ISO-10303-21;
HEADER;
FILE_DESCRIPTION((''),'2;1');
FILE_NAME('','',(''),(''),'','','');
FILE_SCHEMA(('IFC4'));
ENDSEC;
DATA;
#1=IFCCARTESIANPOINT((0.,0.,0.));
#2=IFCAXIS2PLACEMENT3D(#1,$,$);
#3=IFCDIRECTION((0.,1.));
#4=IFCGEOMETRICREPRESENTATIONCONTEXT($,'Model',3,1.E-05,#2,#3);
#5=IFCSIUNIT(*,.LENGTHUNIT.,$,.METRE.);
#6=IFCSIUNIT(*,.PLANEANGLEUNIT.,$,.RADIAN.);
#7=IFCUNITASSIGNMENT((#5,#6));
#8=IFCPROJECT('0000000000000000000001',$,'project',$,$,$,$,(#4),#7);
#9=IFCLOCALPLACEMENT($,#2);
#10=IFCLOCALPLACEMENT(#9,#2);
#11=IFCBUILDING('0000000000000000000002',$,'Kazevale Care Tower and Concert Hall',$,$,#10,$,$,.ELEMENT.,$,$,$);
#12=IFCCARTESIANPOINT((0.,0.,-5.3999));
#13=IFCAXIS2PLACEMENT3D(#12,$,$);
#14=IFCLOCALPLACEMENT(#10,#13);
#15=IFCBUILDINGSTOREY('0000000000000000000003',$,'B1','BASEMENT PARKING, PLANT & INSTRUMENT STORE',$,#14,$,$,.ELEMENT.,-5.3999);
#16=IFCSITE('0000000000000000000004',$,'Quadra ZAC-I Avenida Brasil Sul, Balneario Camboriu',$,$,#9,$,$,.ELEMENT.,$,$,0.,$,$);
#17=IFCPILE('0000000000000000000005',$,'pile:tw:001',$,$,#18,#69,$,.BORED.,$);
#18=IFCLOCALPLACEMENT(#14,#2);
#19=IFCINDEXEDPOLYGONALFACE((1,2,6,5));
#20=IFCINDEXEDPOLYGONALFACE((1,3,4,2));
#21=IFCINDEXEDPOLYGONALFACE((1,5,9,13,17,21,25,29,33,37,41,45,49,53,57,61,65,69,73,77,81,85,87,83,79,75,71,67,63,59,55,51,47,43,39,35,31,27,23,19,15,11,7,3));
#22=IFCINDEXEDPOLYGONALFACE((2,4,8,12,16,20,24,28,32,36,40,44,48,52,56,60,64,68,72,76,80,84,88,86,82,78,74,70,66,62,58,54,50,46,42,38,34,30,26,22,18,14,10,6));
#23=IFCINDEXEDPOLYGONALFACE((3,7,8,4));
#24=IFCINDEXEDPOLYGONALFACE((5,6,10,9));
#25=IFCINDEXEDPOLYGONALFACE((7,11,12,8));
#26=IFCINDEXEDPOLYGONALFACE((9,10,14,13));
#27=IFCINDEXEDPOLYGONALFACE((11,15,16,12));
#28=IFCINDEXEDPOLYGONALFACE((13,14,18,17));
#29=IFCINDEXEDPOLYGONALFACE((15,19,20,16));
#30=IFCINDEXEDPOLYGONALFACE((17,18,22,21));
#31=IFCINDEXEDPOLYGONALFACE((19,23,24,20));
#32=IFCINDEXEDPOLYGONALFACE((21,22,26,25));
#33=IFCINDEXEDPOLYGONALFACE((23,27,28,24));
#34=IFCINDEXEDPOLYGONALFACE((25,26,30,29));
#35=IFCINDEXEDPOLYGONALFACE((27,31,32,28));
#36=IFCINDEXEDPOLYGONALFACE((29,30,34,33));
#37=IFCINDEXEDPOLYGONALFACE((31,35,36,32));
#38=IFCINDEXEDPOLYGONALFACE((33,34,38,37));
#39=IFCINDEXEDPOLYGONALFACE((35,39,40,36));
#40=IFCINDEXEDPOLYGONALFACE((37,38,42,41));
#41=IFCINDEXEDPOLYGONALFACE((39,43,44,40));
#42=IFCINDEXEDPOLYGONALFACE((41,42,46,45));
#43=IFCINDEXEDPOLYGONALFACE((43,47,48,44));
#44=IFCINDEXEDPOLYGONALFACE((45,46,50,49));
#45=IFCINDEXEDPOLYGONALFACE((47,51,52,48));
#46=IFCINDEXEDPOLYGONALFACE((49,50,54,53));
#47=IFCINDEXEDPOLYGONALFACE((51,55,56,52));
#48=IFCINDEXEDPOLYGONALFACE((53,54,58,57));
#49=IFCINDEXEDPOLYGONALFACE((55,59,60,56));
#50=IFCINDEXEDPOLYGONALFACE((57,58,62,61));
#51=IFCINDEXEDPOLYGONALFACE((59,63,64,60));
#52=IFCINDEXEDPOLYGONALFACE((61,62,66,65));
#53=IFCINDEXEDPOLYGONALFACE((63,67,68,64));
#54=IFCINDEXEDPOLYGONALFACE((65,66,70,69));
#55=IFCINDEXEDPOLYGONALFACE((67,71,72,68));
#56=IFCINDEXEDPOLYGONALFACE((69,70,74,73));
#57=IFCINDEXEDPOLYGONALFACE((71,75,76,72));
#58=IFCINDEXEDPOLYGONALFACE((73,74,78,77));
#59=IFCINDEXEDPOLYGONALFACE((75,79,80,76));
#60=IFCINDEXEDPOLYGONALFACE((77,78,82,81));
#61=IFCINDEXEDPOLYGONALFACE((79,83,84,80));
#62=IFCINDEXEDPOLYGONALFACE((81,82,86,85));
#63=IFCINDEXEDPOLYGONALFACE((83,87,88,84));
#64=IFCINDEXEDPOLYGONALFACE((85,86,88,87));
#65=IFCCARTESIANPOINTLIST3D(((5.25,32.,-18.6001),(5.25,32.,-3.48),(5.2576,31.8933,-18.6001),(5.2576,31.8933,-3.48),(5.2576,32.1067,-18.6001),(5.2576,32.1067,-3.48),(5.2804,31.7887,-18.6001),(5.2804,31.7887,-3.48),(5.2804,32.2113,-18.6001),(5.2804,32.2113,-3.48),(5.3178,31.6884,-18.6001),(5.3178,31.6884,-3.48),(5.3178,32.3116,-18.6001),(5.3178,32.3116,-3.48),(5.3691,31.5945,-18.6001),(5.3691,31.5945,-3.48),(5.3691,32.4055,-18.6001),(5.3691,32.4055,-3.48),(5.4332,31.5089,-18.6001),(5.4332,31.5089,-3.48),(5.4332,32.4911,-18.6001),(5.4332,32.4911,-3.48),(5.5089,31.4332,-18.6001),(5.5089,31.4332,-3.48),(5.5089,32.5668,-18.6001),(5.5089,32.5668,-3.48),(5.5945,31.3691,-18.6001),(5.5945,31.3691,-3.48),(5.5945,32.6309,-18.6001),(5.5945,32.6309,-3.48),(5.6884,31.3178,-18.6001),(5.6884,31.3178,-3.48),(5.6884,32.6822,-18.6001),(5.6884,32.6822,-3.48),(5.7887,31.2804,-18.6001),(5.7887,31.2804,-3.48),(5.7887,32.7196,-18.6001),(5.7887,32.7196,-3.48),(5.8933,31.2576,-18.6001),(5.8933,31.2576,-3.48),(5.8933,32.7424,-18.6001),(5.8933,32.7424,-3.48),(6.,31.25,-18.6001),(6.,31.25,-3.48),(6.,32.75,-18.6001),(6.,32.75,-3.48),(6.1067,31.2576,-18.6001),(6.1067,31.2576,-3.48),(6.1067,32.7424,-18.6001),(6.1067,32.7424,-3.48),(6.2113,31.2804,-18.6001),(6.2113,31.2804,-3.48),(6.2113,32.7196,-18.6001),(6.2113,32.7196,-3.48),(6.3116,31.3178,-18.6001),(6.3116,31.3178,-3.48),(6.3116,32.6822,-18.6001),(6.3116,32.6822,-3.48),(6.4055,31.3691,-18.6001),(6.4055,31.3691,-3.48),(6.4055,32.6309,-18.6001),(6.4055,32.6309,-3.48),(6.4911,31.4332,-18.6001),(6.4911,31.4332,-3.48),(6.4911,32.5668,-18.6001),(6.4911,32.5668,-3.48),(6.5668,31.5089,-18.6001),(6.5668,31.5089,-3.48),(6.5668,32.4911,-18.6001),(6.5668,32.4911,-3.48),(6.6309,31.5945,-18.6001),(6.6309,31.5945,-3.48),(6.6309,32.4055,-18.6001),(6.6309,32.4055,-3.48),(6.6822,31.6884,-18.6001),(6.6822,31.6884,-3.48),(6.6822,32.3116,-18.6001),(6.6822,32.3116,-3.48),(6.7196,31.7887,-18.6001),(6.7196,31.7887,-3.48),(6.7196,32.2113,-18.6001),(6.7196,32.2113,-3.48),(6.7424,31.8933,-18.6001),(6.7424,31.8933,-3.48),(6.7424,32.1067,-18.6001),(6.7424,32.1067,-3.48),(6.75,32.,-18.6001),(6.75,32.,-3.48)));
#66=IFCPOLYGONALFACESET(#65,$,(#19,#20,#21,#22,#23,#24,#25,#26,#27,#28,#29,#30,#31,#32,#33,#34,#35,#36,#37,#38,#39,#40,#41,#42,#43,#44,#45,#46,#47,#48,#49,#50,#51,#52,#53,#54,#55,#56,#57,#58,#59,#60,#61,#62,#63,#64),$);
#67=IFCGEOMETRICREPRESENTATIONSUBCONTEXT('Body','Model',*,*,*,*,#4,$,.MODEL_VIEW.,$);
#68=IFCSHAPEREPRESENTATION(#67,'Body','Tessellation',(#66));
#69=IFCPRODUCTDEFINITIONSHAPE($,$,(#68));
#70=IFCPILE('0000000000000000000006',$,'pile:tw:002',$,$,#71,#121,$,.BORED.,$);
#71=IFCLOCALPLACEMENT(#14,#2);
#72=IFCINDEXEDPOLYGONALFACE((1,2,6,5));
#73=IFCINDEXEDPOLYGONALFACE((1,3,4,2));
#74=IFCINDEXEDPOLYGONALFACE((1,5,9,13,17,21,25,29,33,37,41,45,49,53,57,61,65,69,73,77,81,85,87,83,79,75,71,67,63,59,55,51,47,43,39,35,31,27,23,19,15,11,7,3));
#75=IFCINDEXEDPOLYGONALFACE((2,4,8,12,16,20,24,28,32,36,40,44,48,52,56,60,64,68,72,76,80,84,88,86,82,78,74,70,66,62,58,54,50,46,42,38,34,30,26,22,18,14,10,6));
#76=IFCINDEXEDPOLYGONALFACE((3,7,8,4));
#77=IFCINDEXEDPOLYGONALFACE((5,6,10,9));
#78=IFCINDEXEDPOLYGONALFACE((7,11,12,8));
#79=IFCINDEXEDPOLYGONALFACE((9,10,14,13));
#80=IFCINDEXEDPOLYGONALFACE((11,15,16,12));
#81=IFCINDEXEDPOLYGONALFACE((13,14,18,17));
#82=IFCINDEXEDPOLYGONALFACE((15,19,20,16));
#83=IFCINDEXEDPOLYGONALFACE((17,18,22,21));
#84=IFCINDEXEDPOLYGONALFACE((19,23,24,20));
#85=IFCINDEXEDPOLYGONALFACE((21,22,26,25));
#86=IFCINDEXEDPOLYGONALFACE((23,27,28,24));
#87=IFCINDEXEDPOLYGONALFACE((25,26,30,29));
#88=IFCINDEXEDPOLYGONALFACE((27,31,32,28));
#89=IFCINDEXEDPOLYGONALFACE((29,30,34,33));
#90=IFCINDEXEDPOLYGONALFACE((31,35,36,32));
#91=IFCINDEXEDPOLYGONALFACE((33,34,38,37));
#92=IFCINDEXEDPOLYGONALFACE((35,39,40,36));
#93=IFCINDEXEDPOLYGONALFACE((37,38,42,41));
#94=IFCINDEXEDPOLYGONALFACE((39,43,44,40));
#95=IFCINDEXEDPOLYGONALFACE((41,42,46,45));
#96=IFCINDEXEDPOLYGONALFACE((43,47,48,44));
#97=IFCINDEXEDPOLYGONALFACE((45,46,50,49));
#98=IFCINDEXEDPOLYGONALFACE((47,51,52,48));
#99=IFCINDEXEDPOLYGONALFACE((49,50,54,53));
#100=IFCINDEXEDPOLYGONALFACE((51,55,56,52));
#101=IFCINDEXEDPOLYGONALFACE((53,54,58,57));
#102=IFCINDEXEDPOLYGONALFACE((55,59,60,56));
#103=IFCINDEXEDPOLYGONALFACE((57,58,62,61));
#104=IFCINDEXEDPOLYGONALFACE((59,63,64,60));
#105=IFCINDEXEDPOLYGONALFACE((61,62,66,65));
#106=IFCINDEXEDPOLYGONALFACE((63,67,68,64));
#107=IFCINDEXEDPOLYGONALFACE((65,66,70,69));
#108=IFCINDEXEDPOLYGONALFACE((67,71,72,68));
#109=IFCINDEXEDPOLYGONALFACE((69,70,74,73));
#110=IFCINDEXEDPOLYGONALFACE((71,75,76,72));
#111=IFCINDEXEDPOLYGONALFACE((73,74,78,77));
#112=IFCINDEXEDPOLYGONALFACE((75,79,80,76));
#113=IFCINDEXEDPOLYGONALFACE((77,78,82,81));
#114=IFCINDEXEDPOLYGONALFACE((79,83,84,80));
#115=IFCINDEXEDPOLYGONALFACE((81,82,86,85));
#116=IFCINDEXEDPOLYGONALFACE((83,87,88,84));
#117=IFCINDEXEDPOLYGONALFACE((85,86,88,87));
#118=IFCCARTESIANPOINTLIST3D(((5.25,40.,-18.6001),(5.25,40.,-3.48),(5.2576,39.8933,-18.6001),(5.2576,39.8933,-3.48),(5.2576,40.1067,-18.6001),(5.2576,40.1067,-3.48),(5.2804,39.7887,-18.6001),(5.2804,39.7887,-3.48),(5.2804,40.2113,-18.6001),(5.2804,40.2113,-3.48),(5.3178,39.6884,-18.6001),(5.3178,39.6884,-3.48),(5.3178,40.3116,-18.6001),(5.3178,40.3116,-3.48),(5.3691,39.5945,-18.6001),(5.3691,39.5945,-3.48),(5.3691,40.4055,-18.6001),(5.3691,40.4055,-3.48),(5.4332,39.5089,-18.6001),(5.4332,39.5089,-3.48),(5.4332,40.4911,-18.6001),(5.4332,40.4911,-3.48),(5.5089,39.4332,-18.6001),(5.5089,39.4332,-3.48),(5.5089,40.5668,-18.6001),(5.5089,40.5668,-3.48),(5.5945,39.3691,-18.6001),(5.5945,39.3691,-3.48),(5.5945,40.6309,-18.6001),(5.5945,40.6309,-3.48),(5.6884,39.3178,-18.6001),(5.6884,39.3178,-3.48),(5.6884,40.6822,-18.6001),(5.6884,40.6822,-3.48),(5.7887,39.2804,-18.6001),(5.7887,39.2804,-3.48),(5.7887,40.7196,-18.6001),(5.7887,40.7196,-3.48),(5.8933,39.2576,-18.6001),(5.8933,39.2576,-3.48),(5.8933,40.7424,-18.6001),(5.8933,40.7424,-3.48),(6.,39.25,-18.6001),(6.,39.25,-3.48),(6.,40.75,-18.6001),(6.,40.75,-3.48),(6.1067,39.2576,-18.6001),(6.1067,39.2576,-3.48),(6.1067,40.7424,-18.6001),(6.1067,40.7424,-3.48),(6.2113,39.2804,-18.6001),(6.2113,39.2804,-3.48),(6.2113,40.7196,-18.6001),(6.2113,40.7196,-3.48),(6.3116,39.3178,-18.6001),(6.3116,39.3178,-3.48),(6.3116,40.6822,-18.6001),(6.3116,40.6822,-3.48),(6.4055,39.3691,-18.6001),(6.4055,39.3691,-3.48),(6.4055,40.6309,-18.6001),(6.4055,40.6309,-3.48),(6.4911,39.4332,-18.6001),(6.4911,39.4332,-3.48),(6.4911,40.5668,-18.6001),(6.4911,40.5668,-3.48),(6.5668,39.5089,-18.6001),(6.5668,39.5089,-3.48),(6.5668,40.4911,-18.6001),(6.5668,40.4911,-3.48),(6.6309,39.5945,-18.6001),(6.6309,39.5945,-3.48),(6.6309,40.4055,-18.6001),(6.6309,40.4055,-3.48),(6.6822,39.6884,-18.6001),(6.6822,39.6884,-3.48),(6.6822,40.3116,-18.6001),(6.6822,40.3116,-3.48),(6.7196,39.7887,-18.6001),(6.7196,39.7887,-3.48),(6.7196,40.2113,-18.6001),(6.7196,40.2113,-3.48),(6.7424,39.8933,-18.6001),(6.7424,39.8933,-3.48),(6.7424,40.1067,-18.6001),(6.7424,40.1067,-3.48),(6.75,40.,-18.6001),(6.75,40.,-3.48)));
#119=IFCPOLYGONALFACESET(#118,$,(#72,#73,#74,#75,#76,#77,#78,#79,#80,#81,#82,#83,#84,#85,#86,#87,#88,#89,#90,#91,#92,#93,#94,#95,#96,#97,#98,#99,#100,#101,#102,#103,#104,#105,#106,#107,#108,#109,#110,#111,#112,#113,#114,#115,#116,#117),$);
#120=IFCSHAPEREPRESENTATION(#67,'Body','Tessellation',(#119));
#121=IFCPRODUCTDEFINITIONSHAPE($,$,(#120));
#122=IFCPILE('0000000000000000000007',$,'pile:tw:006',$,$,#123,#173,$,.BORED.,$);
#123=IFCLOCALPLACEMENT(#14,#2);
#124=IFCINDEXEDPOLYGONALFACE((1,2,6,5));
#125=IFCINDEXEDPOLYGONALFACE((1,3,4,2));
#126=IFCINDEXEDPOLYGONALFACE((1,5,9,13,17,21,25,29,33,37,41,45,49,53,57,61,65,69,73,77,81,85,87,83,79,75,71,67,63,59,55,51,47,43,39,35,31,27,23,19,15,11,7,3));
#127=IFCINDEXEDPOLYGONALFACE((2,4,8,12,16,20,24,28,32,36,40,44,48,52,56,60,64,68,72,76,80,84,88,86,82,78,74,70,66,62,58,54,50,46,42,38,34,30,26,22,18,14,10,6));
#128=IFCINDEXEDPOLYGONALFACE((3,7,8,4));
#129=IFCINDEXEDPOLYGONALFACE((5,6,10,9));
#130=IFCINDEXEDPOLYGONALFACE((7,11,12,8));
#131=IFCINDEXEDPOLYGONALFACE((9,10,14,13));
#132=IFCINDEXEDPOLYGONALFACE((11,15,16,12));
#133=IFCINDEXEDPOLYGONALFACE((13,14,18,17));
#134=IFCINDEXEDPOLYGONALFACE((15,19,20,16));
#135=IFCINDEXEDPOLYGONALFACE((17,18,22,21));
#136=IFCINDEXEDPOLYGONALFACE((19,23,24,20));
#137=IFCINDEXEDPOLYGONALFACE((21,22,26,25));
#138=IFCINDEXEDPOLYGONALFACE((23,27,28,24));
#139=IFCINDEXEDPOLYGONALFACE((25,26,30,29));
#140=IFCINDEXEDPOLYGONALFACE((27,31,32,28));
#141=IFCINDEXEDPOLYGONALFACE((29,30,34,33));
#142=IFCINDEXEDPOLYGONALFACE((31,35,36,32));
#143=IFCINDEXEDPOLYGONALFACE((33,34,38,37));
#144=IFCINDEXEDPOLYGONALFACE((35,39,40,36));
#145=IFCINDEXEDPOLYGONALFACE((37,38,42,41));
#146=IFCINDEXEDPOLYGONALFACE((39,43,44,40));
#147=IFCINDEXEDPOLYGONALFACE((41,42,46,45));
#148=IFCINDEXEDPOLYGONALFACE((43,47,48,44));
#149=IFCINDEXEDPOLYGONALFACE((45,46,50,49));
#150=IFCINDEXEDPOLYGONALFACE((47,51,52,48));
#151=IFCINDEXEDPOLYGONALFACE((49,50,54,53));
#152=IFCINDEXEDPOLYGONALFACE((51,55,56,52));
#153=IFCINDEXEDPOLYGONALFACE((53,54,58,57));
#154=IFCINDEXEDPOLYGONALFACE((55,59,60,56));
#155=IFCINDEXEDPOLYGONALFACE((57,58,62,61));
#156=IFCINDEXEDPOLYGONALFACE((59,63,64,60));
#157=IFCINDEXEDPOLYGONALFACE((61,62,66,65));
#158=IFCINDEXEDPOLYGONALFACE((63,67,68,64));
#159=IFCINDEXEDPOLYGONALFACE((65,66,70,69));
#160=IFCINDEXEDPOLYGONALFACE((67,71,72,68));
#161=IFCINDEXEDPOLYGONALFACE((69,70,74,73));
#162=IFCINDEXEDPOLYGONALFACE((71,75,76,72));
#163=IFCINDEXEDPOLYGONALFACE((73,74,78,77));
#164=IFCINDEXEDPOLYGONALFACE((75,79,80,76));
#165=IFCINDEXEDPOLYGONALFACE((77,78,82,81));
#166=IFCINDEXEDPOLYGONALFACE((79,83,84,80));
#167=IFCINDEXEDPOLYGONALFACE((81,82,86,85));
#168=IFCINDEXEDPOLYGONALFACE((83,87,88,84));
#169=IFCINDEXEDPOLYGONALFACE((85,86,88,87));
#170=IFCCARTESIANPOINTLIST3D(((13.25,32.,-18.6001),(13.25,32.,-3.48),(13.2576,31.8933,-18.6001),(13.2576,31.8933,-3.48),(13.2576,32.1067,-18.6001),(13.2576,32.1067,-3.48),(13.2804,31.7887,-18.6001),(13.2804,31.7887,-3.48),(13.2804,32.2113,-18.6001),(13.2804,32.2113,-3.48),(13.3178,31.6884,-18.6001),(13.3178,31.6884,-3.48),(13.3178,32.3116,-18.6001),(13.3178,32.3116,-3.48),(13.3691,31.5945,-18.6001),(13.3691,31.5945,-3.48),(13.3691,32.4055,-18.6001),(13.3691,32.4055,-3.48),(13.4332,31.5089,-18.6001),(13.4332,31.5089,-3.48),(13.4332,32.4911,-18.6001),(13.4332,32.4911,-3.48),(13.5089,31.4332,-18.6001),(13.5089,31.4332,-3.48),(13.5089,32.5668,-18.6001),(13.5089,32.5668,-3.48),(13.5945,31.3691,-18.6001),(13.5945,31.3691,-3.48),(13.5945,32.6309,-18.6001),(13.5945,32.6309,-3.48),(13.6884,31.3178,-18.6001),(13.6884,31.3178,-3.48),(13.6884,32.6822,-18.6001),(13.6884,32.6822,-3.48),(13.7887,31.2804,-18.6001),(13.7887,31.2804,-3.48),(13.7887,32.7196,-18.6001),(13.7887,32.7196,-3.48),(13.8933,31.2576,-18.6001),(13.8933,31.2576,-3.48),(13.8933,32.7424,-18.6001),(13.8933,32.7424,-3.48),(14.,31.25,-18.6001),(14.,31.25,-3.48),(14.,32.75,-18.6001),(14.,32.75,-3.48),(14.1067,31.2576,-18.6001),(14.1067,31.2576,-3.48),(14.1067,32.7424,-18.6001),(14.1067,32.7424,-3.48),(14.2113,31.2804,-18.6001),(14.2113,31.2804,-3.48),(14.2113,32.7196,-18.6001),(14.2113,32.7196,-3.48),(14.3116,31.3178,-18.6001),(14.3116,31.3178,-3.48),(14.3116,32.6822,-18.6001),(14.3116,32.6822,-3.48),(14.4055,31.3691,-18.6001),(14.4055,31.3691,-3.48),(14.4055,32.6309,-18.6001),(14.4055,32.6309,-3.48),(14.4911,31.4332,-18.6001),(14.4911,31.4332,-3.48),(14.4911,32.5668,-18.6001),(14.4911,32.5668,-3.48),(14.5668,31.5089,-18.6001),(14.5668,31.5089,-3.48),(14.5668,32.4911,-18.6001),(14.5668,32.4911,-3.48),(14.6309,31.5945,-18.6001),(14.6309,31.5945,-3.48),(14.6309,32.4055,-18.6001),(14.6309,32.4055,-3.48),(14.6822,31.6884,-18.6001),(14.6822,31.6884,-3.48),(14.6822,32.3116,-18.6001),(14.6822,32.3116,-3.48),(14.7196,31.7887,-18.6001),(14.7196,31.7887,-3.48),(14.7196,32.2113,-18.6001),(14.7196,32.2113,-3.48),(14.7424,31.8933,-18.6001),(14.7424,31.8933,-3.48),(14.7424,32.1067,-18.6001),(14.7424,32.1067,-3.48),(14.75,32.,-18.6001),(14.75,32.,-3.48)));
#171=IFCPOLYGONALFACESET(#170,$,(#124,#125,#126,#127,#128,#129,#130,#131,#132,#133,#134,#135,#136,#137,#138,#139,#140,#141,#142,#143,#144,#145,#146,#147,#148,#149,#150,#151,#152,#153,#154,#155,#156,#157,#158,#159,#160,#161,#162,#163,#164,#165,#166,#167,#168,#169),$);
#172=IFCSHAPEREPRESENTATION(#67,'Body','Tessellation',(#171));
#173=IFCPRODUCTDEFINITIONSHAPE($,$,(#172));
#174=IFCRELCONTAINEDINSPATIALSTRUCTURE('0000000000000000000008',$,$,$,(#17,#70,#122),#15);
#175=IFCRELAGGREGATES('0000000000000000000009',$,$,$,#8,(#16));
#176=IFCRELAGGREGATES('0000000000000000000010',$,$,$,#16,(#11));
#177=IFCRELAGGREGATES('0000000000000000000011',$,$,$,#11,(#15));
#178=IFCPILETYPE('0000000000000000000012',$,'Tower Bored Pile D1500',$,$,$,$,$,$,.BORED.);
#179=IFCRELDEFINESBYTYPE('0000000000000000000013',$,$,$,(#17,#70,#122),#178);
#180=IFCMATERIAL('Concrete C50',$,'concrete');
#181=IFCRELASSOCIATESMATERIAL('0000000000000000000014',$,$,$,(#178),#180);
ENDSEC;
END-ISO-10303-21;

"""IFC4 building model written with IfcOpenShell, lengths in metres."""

from ifc_helpers import new_model, si_unit, direction, frame, origin, origin_2d, place, context, subcontext, project, spatial, circle, extrude, material, material_profile, profile_set, type_object, element, save


model = new_model("IFC4")

# Units and contexts
model_context = context("Model", 3, precision=1e-05, world=origin(), true_north=direction((0.0, 1.0)))
body_context = subcontext(model_context, "Body", "Model", "MODEL_VIEW")
ifc_project = project(units=[si_unit("LENGTHUNIT", "METRE"), si_unit("PLANEANGLEUNIT", "RADIAN")], contexts=[model_context])

# Site, building, storey
site_placement = place(None, origin())
site = spatial("IfcSite", under=ifc_project, at=site_placement, Name="Quadra ZAC-I Avenida Brasil Sul, Balneario Camboriu", CompositionType="ELEMENT", RefElevation=0.0)
building_placement = place(site_placement, origin())
building = spatial("IfcBuilding", under=site, at=building_placement, Name="Kazevale Care Tower and Concert Hall", CompositionType="ELEMENT")
storey_placement = place(building_placement, frame((0.0, 0.0, -5.3999)))
storey = spatial("IfcBuildingStorey", under=building, at=storey_placement, Name="B1", Description="BASEMENT PARKING, PLANT & INSTRUMENT STORE", CompositionType="ELEMENT", Elevation=-5.3999)

# Piles
ifc_material_1 = material(Name="Concrete C50", Category="concrete")
ifc_material_profile_1 = material_profile(ifc_material_1, circle(Radius=0.75, at=origin_2d()), Name="PILE-D1500")
ifc_profile_set_1 = profile_set([ifc_material_profile_1], Name="Concrete C50")
pile_type = type_object("IfcPileType", Name="Tower Bored Pile D1500", PredefinedType="BORED", material=ifc_profile_set_1)
for number, where, z_axis, x_axis, name in (
    (1, (6.0, 32.0, -3.48), (0.0, 0.0, -1.0), (1.0, 0.0, 0.0), "pile:tw:001"),
    (2, (6.0, 40.0, -3.48), (0.0, 0.0, -1.0), (1.0, 0.0, 0.0), "pile:tw:002"),
    (3, (14.0, 32.0, -3.48), (0.0, 0.0, -1.0), (1.0, 0.0, 0.0), "pile:tw:006"),
):
    element("IfcPile", number, at=place(storey_placement, frame(where, z_axis=z_axis, x_axis=x_axis)), inside=storey, type_object=pile_type, Name=name, PredefinedType="BORED", context=body_context, shape_type="SweptSolid", body=[
        extrude(circle(Radius=0.75, at=origin_2d()), origin(), (0.0, 0.0, 1.0), 15.1201),
    ])

save(model, "model.ifc")
